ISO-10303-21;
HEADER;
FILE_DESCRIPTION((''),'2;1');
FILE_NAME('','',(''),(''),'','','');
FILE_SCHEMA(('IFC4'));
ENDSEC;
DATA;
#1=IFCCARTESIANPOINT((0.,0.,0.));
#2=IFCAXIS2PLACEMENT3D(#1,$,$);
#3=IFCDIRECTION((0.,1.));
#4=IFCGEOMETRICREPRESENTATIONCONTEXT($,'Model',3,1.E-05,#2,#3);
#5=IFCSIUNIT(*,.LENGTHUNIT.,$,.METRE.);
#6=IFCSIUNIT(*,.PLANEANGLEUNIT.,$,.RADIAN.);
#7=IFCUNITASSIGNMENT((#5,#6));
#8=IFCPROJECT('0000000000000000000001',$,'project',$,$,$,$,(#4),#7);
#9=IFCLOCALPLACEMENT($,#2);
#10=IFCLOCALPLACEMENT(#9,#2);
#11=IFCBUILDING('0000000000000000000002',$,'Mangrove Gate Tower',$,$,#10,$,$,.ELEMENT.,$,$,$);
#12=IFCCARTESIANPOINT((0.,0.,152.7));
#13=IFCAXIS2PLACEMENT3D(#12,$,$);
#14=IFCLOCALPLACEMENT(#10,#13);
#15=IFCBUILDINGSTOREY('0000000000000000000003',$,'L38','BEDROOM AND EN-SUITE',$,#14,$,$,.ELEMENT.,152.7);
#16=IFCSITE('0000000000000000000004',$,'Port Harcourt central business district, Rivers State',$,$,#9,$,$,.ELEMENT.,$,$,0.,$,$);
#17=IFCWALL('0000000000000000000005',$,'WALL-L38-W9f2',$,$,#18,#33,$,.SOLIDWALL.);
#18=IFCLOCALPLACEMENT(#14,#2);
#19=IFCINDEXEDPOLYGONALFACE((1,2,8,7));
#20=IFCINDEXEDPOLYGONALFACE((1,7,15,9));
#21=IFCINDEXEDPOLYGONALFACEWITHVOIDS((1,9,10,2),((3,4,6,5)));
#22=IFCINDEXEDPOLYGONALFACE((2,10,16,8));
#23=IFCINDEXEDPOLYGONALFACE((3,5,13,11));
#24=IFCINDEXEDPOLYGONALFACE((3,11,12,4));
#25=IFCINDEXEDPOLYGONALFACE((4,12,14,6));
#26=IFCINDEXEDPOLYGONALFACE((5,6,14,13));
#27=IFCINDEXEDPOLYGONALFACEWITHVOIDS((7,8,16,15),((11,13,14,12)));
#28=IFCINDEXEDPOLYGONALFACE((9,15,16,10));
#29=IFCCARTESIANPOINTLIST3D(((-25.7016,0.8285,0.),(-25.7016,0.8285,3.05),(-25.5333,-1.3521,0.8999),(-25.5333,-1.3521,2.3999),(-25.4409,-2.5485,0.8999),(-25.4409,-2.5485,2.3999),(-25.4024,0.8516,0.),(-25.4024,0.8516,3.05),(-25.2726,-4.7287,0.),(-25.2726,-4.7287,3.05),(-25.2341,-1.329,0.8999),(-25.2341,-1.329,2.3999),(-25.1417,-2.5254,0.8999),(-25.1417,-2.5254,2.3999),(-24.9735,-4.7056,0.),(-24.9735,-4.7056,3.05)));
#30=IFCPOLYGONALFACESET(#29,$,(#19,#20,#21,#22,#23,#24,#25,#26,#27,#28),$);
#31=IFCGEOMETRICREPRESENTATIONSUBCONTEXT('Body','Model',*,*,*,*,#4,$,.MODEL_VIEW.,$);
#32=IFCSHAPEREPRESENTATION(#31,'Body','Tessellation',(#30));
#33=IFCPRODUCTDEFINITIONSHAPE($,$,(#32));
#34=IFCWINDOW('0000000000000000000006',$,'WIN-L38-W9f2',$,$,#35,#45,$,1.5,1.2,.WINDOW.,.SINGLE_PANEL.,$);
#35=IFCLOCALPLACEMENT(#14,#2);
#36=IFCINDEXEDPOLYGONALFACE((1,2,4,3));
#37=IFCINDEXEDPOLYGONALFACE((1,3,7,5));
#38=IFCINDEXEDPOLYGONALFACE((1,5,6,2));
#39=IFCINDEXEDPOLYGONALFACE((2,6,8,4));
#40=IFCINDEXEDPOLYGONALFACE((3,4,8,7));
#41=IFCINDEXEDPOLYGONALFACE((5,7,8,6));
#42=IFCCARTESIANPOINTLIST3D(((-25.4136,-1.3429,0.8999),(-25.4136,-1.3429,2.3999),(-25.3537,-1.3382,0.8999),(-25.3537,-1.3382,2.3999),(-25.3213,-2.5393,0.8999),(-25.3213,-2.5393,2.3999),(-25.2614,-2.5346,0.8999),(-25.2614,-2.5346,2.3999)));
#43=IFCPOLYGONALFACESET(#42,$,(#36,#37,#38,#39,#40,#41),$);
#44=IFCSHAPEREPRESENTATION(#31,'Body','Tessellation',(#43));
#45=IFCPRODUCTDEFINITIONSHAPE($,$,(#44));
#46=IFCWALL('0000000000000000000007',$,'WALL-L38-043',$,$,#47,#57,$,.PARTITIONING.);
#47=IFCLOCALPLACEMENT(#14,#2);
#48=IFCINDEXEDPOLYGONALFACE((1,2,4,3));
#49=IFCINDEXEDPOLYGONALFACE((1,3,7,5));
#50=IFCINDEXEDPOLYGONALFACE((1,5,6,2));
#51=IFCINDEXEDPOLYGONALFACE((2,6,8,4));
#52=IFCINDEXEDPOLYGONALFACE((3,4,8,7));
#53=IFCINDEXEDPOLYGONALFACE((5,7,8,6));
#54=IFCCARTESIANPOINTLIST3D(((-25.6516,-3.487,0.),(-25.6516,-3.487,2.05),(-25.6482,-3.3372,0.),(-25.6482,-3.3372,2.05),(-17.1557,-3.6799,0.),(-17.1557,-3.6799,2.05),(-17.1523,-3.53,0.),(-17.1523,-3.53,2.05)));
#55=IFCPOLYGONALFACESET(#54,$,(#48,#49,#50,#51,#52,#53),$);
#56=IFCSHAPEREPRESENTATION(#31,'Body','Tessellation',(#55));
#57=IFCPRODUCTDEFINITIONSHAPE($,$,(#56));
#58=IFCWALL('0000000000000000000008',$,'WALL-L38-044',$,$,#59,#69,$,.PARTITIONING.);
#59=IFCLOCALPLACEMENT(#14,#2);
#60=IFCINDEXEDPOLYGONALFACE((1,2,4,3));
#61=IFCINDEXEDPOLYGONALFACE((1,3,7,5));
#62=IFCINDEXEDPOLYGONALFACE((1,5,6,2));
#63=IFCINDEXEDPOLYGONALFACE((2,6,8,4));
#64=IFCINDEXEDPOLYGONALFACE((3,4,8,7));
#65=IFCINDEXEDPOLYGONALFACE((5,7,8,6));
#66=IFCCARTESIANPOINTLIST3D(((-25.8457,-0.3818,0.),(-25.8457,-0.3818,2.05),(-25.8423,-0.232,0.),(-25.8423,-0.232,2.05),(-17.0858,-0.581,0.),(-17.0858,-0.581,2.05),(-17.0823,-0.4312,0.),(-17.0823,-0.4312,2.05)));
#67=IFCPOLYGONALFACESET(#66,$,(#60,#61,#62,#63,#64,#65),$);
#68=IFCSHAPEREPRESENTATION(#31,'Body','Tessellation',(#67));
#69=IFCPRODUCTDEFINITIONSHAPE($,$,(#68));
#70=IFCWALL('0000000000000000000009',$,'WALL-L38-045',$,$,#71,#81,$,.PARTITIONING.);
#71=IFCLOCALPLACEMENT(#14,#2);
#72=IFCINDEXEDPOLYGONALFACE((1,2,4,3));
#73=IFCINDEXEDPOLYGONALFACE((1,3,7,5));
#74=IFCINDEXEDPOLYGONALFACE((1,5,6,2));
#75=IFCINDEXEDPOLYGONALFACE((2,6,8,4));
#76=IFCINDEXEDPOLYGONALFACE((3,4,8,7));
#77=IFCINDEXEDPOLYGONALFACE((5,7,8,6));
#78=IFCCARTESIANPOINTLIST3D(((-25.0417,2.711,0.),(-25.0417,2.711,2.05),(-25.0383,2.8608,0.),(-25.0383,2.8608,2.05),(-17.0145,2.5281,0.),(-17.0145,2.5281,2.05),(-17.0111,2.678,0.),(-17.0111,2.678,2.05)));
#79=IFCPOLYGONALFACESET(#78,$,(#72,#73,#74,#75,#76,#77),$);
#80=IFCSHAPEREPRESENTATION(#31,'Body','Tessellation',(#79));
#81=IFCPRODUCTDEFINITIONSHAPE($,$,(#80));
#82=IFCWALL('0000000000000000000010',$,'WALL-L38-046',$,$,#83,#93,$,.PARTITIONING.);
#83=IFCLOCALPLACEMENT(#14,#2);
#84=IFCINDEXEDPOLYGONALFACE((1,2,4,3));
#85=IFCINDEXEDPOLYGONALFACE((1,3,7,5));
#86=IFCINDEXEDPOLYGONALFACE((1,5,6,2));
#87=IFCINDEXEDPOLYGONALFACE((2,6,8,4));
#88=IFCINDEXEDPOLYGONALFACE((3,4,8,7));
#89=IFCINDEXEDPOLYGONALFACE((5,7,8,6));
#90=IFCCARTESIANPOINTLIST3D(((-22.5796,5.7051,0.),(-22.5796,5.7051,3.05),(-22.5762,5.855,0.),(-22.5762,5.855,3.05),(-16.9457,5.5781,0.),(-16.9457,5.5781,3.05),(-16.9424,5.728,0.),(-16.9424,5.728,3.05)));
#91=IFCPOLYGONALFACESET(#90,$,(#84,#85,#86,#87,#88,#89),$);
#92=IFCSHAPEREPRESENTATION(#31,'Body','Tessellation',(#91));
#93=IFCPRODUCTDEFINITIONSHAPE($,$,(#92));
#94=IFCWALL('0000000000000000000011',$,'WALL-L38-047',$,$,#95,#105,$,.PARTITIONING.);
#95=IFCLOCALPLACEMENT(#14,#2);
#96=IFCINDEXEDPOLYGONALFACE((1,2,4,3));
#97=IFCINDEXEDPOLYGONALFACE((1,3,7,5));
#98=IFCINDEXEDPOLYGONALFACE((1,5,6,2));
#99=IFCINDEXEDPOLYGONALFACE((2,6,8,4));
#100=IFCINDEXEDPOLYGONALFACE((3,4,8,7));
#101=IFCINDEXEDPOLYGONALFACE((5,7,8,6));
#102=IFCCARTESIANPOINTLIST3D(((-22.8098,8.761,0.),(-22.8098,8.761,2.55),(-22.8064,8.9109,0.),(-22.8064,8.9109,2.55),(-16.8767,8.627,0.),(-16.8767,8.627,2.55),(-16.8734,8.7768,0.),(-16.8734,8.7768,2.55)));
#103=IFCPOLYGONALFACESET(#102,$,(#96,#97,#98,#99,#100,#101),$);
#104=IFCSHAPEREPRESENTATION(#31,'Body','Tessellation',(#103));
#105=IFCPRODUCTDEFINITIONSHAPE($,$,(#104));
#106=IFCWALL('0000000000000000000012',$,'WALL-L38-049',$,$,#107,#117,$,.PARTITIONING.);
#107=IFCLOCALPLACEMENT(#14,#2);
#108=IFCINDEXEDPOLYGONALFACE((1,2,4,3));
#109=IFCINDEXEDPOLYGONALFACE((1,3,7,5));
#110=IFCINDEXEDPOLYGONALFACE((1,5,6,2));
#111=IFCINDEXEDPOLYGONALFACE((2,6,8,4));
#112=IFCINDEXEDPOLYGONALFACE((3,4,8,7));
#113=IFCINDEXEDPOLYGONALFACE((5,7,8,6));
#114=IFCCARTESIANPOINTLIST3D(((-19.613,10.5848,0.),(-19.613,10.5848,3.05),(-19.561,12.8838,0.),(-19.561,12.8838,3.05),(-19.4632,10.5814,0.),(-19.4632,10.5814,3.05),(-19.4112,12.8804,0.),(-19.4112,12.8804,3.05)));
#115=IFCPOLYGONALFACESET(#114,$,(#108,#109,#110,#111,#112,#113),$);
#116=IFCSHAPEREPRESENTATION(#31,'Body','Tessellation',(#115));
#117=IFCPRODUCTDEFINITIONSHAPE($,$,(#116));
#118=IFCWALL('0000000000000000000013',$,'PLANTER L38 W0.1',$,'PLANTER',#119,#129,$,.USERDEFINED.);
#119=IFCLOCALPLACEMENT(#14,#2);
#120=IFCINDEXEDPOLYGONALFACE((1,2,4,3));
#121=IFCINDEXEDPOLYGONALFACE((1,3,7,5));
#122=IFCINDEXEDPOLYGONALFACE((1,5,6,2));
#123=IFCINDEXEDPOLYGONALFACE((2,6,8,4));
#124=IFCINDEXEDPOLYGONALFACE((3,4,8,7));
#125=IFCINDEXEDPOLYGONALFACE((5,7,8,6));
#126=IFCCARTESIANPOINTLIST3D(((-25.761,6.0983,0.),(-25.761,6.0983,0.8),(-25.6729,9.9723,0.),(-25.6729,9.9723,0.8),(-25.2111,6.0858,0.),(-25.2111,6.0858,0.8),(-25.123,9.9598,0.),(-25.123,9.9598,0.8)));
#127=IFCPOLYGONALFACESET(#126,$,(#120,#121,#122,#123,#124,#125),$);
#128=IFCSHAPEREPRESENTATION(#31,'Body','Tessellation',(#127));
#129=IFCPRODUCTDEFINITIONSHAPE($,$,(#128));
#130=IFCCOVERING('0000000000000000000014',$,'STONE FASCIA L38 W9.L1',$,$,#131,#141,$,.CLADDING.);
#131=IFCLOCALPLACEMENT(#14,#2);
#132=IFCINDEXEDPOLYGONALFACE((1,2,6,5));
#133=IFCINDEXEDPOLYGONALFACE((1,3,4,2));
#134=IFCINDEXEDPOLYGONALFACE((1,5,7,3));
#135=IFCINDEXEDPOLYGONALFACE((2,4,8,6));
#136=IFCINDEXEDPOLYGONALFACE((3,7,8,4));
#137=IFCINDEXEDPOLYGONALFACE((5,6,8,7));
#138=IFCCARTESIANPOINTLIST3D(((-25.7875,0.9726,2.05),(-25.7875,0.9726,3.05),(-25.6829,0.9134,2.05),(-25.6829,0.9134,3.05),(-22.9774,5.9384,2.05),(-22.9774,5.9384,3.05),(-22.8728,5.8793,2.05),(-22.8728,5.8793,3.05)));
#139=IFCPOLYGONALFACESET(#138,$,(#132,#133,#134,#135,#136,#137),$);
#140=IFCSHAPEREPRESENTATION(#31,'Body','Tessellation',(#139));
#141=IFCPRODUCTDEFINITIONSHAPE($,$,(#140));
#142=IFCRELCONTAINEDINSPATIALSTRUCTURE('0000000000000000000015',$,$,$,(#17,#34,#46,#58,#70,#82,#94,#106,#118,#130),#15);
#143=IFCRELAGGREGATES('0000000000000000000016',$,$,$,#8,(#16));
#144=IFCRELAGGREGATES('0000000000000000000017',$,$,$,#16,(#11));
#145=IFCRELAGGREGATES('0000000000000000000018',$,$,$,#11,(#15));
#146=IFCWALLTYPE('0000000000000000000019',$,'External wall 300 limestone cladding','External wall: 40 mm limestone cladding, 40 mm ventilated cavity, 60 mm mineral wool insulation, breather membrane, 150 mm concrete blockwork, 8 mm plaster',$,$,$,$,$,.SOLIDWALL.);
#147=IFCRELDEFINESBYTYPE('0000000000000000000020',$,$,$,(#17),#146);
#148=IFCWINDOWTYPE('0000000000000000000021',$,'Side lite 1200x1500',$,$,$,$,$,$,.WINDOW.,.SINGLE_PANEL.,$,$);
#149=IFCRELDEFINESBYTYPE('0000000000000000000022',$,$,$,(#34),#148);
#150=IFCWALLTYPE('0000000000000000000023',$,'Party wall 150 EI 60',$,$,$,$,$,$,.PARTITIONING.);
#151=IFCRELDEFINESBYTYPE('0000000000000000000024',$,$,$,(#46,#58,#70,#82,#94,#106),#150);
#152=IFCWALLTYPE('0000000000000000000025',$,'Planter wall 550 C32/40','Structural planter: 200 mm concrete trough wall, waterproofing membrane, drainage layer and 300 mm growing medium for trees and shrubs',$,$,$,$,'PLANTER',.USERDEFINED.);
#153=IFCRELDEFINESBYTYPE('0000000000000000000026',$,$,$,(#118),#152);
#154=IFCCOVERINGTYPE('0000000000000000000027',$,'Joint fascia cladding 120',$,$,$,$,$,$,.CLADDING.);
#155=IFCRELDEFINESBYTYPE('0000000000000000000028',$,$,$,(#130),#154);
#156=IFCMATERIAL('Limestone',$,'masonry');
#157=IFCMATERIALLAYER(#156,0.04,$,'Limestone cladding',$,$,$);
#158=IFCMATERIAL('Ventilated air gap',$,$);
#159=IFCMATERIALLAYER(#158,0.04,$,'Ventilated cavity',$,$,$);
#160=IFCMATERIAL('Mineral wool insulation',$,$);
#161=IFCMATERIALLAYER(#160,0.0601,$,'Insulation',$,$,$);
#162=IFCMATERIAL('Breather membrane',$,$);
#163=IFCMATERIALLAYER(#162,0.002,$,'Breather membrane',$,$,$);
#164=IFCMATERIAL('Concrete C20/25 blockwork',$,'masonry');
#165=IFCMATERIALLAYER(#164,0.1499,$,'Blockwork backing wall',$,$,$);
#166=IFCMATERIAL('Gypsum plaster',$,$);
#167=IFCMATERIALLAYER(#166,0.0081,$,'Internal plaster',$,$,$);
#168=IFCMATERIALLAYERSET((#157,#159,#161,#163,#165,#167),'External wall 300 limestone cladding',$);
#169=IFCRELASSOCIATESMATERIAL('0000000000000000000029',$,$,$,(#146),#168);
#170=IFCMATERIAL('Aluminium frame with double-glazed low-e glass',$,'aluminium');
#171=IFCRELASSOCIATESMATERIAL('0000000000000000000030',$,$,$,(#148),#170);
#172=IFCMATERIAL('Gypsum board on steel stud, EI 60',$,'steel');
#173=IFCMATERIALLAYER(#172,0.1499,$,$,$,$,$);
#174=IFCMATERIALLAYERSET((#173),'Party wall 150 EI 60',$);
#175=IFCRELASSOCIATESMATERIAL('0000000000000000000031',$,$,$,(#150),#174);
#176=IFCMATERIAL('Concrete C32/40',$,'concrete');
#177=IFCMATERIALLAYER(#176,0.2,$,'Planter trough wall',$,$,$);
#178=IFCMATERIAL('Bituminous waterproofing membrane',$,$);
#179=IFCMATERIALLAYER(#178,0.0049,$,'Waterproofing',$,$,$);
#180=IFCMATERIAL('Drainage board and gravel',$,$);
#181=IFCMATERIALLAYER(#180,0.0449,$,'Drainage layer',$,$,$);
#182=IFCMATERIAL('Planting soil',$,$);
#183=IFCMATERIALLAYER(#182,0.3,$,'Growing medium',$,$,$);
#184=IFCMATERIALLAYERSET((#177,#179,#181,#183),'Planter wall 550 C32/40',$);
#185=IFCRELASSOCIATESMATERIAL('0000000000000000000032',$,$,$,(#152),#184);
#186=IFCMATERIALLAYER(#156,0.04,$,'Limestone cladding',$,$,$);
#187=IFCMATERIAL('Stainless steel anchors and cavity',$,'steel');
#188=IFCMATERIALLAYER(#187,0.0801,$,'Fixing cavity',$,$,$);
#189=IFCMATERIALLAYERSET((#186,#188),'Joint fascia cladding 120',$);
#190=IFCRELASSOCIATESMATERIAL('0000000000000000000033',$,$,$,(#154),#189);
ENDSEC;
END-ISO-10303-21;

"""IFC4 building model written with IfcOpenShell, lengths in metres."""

from ifc_helpers import new_model, si_unit, direction, frame, frame_2d, origin, place, context, subcontext, project, spatial, rectangle, extrude, material, layer, layer_set, type_object, element, fill, save


model = new_model("IFC4")

# Units and contexts
model_context = context("Model", 3, precision=1e-05, world=origin(), true_north=direction((0.0, 1.0)))
body_context = subcontext(model_context, "Body", "Model", "MODEL_VIEW")
ifc_project = project(units=[si_unit("LENGTHUNIT", "METRE"), si_unit("PLANEANGLEUNIT", "RADIAN")], contexts=[model_context])

# Site, building, storey
site_placement = place(None, origin())
site = spatial("IfcSite", under=ifc_project, at=site_placement, Name="Port Harcourt central business district, Rivers State", CompositionType="ELEMENT", RefElevation=0.0)
building_placement = place(site_placement, origin())
building = spatial("IfcBuilding", under=site, at=building_placement, Name="Mangrove Gate Tower", CompositionType="ELEMENT")
storey_placement = place(building_placement, frame((0.0, 0.0, 152.7)))
storey = spatial("IfcBuildingStorey", under=building, at=storey_placement, Name="L38", Description="BEDROOM AND EN-SUITE", CompositionType="ELEMENT", Elevation=152.7)

# Wall, opening, window
ifc_material_1 = material(Name="Limestone", Category="masonry")
ifc_layer_1 = layer(ifc_material_1, 0.04, Name="Limestone cladding")
ifc_material_2 = material(Name="Ventilated air gap")
ifc_layer_2 = layer(ifc_material_2, 0.04, Name="Ventilated cavity")
ifc_material_3 = material(Name="Mineral wool insulation")
ifc_layer_3 = layer(ifc_material_3, 0.0601, Name="Insulation")
ifc_material_4 = material(Name="Breather membrane")
ifc_layer_4 = layer(ifc_material_4, 0.002, Name="Breather membrane")
ifc_material_5 = material(Name="Concrete C20/25 blockwork", Category="masonry")
ifc_layer_5 = layer(ifc_material_5, 0.1499, Name="Blockwork backing wall")
ifc_material_6 = material(Name="Gypsum plaster")
ifc_layer_6 = layer(ifc_material_6, 0.0081, Name="Internal plaster")
ifc_layer_set_1 = layer_set([ifc_layer_1, ifc_layer_2, ifc_layer_3, ifc_layer_4, ifc_layer_5, ifc_layer_6], Name="External wall 300 limestone cladding")
wall_type_1 = type_object("IfcWallType", Name="External wall 300 limestone cladding", Description="External wall: 40 mm limestone cladding, 40 mm ventilated cavity, 60 mm mineral wool insulation, breather membrane, 150 mm concrete blockwork, 8 mm plaster", PredefinedType="SOLIDWALL", material=ifc_layer_set_1)
ifc_material_7 = material(Name="Aluminium frame with double-glazed low-e glass", Category="aluminium")
window_type = type_object("IfcWindowType", Name="Side lite 1200x1500", PartitioningType="SINGLE_PANEL", PredefinedType="WINDOW", material=ifc_material_7)
wall_1_placement = place(storey_placement, frame((-25.552, 0.8401, 0.0), z_axis=(0.0, 0.0, 1.0), x_axis=(0.076961, -0.997034, 0.0)))
wall_1 = element("IfcWall", 1, at=wall_1_placement, inside=storey, type_object=wall_type_1, Name="WALL-L38-W9f2", PredefinedType="SOLIDWALL", context=body_context, shape_type="SweptSolid", body=[
    extrude(rectangle(XDim=5.5737, YDim=0.3, at=frame_2d((2.7869, 0.0))), origin(), (0.0, 0.0, 1.0), 3.05),
])
opening_1_placement = place(wall_1_placement, frame((2.187, 0.0, 0.8999)))
opening_1 = element("IfcOpeningElement", 2, at=opening_1_placement, cuts=wall_1, PredefinedType="OPENING", context=body_context, shape_type="SweptSolid", body=[
    extrude(rectangle(XDim=1.2, YDim=1.5, at=frame_2d((0.6001, 0.75))), frame((0.0, 0.1599, 0.0), z_axis=(0.0, -1.0, 0.0), x_axis=(1.0, 0.0, 0.0)), (0.0, 0.0, 1.0), 0.3201),
])
window_1_placement = place(opening_1_placement, origin())
window_1 = element("IfcWindow", 3, at=window_1_placement, inside=storey, type_object=window_type, Name="WIN-L38-W9f2", OverallHeight=1.5, OverallWidth=1.2, PartitioningType="SINGLE_PANEL", PredefinedType="WINDOW", context=body_context, shape_type="SweptSolid", body=[
    extrude(rectangle(XDim=1.2, YDim=1.5, at=frame_2d((0.6001, 0.75))), frame((0.0, 0.03, 0.0), z_axis=(0.0, -1.0, 0.0), x_axis=(1.0, 0.0, 0.0)), (0.0, 0.0, 1.0), 0.0601),
])
fill(opening_1, window_1)

# Walls
ifc_material_8 = material(Name="Gypsum board on steel stud, EI 60", Category="steel")
ifc_layer_7 = layer(ifc_material_8, 0.1499)
ifc_layer_set_2 = layer_set([ifc_layer_7], Name="Party wall 150 EI 60")
wall_type_2 = type_object("IfcWallType", Name="Party wall 150 EI 60", PredefinedType="PARTITIONING", material=ifc_layer_set_2)
wall_2_placement = place(storey_placement, frame((-25.6499, -3.4121, 0.0), z_axis=(0.0, 0.0, 1.0), x_axis=(0.999742, -0.022696, 0.0)))
element("IfcWall", 4, at=wall_2_placement, inside=storey, type_object=wall_type_2, Name="WALL-L38-043", PredefinedType="PARTITIONING", context=body_context, shape_type="SweptSolid", body=[
    extrude(rectangle(XDim=8.498, YDim=0.1499, at=frame_2d((4.249, 0.0))), origin(), (0.0, 0.0, 1.0), 2.05),
])
wall_3_placement = place(storey_placement, frame((-25.844, -0.3069, 0.0), z_axis=(0.0, 0.0, 1.0), x_axis=(0.999742, -0.022736, 0.0)))
element("IfcWall", 5, at=wall_3_placement, inside=storey, type_object=wall_type_2, Name="WALL-L38-044", PredefinedType="PARTITIONING", context=body_context, shape_type="SweptSolid", body=[
    extrude(rectangle(XDim=8.7622, YDim=0.1499, at=frame_2d((4.3811, 0.0))), origin(), (0.0, 0.0, 1.0), 2.05),
])
wall_4_placement = place(storey_placement, frame((-25.04, 2.7859, 0.0), z_axis=(0.0, 0.0, 1.0), x_axis=(0.999741, -0.022775, 0.0)))
element("IfcWall", 6, at=wall_4_placement, inside=storey, type_object=wall_type_2, Name="WALL-L38-045", PredefinedType="PARTITIONING", context=body_context, shape_type="SweptSolid", body=[
    extrude(rectangle(XDim=8.0293, YDim=0.1499, at=frame_2d((4.0146, 0.0))), origin(), (0.0, 0.0, 1.0), 2.05),
])
wall_5_placement = place(storey_placement, frame((-22.5779, 5.78, 0.0), z_axis=(0.0, 0.0, 1.0), x_axis=(0.999746, -0.022529, 0.0)))
element("IfcWall", 7, at=wall_5_placement, inside=storey, type_object=wall_type_2, Name="WALL-L38-046", PredefinedType="PARTITIONING", context=body_context, shape_type="SweptSolid", body=[
    extrude(rectangle(XDim=5.6353, YDim=0.1499, at=frame_2d((2.8176, 0.0))), origin(), (0.0, 0.0, 1.0), 3.05),
])
wall_6_placement = place(storey_placement, frame((-22.8081, 8.8359, 0.0), z_axis=(0.0, 0.0, 1.0), x_axis=(0.999745, -0.022585, 0.0)))
element("IfcWall", 8, at=wall_6_placement, inside=storey, type_object=wall_type_2, Name="WALL-L38-047", PredefinedType="PARTITIONING", context=body_context, shape_type="SweptSolid", body=[
    extrude(rectangle(XDim=5.9346, YDim=0.1499, at=frame_2d((2.9673, 0.0))), origin(), (0.0, 0.0, 1.0), 2.55),
])
wall_7_placement = place(storey_placement, frame((-19.5381, 10.583, 0.0), z_axis=(0.0, 0.0, 1.0), x_axis=(0.022613, 0.999744, 0.0)))
element("IfcWall", 9, at=wall_7_placement, inside=storey, type_object=wall_type_2, Name="WALL-L38-049", PredefinedType="PARTITIONING", context=body_context, shape_type="SweptSolid", body=[
    extrude(rectangle(XDim=2.2996, YDim=0.1499, at=frame_2d((1.1499, 0.0))), origin(), (0.0, 0.0, 1.0), 3.05),
])
ifc_material_9 = material(Name="Concrete C32/40", Category="concrete")
ifc_layer_8 = layer(ifc_material_9, 0.2, Name="Planter trough wall")
ifc_material_10 = material(Name="Bituminous waterproofing membrane")
ifc_layer_9 = layer(ifc_material_10, 0.0049, Name="Waterproofing")
ifc_material_11 = material(Name="Drainage board and gravel")
ifc_layer_10 = layer(ifc_material_11, 0.0449, Name="Drainage layer")
ifc_material_12 = material(Name="Planting soil")
ifc_layer_11 = layer(ifc_material_12, 0.3, Name="Growing medium")
ifc_layer_set_3 = layer_set([ifc_layer_8, ifc_layer_9, ifc_layer_10, ifc_layer_11], Name="Planter wall 550 C32/40")
wall_type_3 = type_object("IfcWallType", Name="Planter wall 550 C32/40", Description="Structural planter: 200 mm concrete trough wall, waterproofing membrane, drainage layer and 300 mm growing medium for trees and shrubs", ElementType="PLANTER", PredefinedType="USERDEFINED", material=ifc_layer_set_3)
wall_8_placement = place(storey_placement, frame((-25.4861, 6.092, 0.0), z_axis=(0.0, 0.0, 1.0), x_axis=(0.022744, 0.999741, 0.0)))
element("IfcWall", 10, at=wall_8_placement, inside=storey, type_object=wall_type_3, Name="PLANTER L38 W0.1", ObjectType="PLANTER", PredefinedType="USERDEFINED", context=body_context, shape_type="SweptSolid", body=[
    extrude(rectangle(XDim=3.875, YDim=0.55, at=frame_2d((1.9375, 0.0))), origin(), (0.0, 0.0, 1.0), 0.8),
])

# Covering
ifc_layer_12 = layer(ifc_material_1, 0.04, Name="Limestone cladding")
ifc_material_13 = material(Name="Stainless steel anchors and cavity", Category="steel")
ifc_layer_13 = layer(ifc_material_13, 0.0801, Name="Fixing cavity")
ifc_layer_set_4 = layer_set([ifc_layer_12, ifc_layer_13], Name="Joint fascia cladding 120")
covering_type = type_object("IfcCoveringType", Name="Joint fascia cladding 120", PredefinedType="CLADDING", material=ifc_layer_set_4)
covering_placement = place(storey_placement, frame((-22.925, 5.9089, 2.05), z_axis=(0.0, 0.0, 1.0), x_axis=(-0.492494, -0.870316, 0.0)))
element("IfcCovering", 11, at=covering_placement, inside=storey, type_object=covering_type, Name="STONE FASCIA L38 W9.L1", PredefinedType="CLADDING", context=body_context, shape_type="SweptSolid", body=[
    extrude(rectangle(XDim=5.7058, YDim=0.1201, at=frame_2d((2.853, 0.0))), origin(), (0.0, 0.0, 1.0), 1.0),
])

save(model, "model.ifc")
